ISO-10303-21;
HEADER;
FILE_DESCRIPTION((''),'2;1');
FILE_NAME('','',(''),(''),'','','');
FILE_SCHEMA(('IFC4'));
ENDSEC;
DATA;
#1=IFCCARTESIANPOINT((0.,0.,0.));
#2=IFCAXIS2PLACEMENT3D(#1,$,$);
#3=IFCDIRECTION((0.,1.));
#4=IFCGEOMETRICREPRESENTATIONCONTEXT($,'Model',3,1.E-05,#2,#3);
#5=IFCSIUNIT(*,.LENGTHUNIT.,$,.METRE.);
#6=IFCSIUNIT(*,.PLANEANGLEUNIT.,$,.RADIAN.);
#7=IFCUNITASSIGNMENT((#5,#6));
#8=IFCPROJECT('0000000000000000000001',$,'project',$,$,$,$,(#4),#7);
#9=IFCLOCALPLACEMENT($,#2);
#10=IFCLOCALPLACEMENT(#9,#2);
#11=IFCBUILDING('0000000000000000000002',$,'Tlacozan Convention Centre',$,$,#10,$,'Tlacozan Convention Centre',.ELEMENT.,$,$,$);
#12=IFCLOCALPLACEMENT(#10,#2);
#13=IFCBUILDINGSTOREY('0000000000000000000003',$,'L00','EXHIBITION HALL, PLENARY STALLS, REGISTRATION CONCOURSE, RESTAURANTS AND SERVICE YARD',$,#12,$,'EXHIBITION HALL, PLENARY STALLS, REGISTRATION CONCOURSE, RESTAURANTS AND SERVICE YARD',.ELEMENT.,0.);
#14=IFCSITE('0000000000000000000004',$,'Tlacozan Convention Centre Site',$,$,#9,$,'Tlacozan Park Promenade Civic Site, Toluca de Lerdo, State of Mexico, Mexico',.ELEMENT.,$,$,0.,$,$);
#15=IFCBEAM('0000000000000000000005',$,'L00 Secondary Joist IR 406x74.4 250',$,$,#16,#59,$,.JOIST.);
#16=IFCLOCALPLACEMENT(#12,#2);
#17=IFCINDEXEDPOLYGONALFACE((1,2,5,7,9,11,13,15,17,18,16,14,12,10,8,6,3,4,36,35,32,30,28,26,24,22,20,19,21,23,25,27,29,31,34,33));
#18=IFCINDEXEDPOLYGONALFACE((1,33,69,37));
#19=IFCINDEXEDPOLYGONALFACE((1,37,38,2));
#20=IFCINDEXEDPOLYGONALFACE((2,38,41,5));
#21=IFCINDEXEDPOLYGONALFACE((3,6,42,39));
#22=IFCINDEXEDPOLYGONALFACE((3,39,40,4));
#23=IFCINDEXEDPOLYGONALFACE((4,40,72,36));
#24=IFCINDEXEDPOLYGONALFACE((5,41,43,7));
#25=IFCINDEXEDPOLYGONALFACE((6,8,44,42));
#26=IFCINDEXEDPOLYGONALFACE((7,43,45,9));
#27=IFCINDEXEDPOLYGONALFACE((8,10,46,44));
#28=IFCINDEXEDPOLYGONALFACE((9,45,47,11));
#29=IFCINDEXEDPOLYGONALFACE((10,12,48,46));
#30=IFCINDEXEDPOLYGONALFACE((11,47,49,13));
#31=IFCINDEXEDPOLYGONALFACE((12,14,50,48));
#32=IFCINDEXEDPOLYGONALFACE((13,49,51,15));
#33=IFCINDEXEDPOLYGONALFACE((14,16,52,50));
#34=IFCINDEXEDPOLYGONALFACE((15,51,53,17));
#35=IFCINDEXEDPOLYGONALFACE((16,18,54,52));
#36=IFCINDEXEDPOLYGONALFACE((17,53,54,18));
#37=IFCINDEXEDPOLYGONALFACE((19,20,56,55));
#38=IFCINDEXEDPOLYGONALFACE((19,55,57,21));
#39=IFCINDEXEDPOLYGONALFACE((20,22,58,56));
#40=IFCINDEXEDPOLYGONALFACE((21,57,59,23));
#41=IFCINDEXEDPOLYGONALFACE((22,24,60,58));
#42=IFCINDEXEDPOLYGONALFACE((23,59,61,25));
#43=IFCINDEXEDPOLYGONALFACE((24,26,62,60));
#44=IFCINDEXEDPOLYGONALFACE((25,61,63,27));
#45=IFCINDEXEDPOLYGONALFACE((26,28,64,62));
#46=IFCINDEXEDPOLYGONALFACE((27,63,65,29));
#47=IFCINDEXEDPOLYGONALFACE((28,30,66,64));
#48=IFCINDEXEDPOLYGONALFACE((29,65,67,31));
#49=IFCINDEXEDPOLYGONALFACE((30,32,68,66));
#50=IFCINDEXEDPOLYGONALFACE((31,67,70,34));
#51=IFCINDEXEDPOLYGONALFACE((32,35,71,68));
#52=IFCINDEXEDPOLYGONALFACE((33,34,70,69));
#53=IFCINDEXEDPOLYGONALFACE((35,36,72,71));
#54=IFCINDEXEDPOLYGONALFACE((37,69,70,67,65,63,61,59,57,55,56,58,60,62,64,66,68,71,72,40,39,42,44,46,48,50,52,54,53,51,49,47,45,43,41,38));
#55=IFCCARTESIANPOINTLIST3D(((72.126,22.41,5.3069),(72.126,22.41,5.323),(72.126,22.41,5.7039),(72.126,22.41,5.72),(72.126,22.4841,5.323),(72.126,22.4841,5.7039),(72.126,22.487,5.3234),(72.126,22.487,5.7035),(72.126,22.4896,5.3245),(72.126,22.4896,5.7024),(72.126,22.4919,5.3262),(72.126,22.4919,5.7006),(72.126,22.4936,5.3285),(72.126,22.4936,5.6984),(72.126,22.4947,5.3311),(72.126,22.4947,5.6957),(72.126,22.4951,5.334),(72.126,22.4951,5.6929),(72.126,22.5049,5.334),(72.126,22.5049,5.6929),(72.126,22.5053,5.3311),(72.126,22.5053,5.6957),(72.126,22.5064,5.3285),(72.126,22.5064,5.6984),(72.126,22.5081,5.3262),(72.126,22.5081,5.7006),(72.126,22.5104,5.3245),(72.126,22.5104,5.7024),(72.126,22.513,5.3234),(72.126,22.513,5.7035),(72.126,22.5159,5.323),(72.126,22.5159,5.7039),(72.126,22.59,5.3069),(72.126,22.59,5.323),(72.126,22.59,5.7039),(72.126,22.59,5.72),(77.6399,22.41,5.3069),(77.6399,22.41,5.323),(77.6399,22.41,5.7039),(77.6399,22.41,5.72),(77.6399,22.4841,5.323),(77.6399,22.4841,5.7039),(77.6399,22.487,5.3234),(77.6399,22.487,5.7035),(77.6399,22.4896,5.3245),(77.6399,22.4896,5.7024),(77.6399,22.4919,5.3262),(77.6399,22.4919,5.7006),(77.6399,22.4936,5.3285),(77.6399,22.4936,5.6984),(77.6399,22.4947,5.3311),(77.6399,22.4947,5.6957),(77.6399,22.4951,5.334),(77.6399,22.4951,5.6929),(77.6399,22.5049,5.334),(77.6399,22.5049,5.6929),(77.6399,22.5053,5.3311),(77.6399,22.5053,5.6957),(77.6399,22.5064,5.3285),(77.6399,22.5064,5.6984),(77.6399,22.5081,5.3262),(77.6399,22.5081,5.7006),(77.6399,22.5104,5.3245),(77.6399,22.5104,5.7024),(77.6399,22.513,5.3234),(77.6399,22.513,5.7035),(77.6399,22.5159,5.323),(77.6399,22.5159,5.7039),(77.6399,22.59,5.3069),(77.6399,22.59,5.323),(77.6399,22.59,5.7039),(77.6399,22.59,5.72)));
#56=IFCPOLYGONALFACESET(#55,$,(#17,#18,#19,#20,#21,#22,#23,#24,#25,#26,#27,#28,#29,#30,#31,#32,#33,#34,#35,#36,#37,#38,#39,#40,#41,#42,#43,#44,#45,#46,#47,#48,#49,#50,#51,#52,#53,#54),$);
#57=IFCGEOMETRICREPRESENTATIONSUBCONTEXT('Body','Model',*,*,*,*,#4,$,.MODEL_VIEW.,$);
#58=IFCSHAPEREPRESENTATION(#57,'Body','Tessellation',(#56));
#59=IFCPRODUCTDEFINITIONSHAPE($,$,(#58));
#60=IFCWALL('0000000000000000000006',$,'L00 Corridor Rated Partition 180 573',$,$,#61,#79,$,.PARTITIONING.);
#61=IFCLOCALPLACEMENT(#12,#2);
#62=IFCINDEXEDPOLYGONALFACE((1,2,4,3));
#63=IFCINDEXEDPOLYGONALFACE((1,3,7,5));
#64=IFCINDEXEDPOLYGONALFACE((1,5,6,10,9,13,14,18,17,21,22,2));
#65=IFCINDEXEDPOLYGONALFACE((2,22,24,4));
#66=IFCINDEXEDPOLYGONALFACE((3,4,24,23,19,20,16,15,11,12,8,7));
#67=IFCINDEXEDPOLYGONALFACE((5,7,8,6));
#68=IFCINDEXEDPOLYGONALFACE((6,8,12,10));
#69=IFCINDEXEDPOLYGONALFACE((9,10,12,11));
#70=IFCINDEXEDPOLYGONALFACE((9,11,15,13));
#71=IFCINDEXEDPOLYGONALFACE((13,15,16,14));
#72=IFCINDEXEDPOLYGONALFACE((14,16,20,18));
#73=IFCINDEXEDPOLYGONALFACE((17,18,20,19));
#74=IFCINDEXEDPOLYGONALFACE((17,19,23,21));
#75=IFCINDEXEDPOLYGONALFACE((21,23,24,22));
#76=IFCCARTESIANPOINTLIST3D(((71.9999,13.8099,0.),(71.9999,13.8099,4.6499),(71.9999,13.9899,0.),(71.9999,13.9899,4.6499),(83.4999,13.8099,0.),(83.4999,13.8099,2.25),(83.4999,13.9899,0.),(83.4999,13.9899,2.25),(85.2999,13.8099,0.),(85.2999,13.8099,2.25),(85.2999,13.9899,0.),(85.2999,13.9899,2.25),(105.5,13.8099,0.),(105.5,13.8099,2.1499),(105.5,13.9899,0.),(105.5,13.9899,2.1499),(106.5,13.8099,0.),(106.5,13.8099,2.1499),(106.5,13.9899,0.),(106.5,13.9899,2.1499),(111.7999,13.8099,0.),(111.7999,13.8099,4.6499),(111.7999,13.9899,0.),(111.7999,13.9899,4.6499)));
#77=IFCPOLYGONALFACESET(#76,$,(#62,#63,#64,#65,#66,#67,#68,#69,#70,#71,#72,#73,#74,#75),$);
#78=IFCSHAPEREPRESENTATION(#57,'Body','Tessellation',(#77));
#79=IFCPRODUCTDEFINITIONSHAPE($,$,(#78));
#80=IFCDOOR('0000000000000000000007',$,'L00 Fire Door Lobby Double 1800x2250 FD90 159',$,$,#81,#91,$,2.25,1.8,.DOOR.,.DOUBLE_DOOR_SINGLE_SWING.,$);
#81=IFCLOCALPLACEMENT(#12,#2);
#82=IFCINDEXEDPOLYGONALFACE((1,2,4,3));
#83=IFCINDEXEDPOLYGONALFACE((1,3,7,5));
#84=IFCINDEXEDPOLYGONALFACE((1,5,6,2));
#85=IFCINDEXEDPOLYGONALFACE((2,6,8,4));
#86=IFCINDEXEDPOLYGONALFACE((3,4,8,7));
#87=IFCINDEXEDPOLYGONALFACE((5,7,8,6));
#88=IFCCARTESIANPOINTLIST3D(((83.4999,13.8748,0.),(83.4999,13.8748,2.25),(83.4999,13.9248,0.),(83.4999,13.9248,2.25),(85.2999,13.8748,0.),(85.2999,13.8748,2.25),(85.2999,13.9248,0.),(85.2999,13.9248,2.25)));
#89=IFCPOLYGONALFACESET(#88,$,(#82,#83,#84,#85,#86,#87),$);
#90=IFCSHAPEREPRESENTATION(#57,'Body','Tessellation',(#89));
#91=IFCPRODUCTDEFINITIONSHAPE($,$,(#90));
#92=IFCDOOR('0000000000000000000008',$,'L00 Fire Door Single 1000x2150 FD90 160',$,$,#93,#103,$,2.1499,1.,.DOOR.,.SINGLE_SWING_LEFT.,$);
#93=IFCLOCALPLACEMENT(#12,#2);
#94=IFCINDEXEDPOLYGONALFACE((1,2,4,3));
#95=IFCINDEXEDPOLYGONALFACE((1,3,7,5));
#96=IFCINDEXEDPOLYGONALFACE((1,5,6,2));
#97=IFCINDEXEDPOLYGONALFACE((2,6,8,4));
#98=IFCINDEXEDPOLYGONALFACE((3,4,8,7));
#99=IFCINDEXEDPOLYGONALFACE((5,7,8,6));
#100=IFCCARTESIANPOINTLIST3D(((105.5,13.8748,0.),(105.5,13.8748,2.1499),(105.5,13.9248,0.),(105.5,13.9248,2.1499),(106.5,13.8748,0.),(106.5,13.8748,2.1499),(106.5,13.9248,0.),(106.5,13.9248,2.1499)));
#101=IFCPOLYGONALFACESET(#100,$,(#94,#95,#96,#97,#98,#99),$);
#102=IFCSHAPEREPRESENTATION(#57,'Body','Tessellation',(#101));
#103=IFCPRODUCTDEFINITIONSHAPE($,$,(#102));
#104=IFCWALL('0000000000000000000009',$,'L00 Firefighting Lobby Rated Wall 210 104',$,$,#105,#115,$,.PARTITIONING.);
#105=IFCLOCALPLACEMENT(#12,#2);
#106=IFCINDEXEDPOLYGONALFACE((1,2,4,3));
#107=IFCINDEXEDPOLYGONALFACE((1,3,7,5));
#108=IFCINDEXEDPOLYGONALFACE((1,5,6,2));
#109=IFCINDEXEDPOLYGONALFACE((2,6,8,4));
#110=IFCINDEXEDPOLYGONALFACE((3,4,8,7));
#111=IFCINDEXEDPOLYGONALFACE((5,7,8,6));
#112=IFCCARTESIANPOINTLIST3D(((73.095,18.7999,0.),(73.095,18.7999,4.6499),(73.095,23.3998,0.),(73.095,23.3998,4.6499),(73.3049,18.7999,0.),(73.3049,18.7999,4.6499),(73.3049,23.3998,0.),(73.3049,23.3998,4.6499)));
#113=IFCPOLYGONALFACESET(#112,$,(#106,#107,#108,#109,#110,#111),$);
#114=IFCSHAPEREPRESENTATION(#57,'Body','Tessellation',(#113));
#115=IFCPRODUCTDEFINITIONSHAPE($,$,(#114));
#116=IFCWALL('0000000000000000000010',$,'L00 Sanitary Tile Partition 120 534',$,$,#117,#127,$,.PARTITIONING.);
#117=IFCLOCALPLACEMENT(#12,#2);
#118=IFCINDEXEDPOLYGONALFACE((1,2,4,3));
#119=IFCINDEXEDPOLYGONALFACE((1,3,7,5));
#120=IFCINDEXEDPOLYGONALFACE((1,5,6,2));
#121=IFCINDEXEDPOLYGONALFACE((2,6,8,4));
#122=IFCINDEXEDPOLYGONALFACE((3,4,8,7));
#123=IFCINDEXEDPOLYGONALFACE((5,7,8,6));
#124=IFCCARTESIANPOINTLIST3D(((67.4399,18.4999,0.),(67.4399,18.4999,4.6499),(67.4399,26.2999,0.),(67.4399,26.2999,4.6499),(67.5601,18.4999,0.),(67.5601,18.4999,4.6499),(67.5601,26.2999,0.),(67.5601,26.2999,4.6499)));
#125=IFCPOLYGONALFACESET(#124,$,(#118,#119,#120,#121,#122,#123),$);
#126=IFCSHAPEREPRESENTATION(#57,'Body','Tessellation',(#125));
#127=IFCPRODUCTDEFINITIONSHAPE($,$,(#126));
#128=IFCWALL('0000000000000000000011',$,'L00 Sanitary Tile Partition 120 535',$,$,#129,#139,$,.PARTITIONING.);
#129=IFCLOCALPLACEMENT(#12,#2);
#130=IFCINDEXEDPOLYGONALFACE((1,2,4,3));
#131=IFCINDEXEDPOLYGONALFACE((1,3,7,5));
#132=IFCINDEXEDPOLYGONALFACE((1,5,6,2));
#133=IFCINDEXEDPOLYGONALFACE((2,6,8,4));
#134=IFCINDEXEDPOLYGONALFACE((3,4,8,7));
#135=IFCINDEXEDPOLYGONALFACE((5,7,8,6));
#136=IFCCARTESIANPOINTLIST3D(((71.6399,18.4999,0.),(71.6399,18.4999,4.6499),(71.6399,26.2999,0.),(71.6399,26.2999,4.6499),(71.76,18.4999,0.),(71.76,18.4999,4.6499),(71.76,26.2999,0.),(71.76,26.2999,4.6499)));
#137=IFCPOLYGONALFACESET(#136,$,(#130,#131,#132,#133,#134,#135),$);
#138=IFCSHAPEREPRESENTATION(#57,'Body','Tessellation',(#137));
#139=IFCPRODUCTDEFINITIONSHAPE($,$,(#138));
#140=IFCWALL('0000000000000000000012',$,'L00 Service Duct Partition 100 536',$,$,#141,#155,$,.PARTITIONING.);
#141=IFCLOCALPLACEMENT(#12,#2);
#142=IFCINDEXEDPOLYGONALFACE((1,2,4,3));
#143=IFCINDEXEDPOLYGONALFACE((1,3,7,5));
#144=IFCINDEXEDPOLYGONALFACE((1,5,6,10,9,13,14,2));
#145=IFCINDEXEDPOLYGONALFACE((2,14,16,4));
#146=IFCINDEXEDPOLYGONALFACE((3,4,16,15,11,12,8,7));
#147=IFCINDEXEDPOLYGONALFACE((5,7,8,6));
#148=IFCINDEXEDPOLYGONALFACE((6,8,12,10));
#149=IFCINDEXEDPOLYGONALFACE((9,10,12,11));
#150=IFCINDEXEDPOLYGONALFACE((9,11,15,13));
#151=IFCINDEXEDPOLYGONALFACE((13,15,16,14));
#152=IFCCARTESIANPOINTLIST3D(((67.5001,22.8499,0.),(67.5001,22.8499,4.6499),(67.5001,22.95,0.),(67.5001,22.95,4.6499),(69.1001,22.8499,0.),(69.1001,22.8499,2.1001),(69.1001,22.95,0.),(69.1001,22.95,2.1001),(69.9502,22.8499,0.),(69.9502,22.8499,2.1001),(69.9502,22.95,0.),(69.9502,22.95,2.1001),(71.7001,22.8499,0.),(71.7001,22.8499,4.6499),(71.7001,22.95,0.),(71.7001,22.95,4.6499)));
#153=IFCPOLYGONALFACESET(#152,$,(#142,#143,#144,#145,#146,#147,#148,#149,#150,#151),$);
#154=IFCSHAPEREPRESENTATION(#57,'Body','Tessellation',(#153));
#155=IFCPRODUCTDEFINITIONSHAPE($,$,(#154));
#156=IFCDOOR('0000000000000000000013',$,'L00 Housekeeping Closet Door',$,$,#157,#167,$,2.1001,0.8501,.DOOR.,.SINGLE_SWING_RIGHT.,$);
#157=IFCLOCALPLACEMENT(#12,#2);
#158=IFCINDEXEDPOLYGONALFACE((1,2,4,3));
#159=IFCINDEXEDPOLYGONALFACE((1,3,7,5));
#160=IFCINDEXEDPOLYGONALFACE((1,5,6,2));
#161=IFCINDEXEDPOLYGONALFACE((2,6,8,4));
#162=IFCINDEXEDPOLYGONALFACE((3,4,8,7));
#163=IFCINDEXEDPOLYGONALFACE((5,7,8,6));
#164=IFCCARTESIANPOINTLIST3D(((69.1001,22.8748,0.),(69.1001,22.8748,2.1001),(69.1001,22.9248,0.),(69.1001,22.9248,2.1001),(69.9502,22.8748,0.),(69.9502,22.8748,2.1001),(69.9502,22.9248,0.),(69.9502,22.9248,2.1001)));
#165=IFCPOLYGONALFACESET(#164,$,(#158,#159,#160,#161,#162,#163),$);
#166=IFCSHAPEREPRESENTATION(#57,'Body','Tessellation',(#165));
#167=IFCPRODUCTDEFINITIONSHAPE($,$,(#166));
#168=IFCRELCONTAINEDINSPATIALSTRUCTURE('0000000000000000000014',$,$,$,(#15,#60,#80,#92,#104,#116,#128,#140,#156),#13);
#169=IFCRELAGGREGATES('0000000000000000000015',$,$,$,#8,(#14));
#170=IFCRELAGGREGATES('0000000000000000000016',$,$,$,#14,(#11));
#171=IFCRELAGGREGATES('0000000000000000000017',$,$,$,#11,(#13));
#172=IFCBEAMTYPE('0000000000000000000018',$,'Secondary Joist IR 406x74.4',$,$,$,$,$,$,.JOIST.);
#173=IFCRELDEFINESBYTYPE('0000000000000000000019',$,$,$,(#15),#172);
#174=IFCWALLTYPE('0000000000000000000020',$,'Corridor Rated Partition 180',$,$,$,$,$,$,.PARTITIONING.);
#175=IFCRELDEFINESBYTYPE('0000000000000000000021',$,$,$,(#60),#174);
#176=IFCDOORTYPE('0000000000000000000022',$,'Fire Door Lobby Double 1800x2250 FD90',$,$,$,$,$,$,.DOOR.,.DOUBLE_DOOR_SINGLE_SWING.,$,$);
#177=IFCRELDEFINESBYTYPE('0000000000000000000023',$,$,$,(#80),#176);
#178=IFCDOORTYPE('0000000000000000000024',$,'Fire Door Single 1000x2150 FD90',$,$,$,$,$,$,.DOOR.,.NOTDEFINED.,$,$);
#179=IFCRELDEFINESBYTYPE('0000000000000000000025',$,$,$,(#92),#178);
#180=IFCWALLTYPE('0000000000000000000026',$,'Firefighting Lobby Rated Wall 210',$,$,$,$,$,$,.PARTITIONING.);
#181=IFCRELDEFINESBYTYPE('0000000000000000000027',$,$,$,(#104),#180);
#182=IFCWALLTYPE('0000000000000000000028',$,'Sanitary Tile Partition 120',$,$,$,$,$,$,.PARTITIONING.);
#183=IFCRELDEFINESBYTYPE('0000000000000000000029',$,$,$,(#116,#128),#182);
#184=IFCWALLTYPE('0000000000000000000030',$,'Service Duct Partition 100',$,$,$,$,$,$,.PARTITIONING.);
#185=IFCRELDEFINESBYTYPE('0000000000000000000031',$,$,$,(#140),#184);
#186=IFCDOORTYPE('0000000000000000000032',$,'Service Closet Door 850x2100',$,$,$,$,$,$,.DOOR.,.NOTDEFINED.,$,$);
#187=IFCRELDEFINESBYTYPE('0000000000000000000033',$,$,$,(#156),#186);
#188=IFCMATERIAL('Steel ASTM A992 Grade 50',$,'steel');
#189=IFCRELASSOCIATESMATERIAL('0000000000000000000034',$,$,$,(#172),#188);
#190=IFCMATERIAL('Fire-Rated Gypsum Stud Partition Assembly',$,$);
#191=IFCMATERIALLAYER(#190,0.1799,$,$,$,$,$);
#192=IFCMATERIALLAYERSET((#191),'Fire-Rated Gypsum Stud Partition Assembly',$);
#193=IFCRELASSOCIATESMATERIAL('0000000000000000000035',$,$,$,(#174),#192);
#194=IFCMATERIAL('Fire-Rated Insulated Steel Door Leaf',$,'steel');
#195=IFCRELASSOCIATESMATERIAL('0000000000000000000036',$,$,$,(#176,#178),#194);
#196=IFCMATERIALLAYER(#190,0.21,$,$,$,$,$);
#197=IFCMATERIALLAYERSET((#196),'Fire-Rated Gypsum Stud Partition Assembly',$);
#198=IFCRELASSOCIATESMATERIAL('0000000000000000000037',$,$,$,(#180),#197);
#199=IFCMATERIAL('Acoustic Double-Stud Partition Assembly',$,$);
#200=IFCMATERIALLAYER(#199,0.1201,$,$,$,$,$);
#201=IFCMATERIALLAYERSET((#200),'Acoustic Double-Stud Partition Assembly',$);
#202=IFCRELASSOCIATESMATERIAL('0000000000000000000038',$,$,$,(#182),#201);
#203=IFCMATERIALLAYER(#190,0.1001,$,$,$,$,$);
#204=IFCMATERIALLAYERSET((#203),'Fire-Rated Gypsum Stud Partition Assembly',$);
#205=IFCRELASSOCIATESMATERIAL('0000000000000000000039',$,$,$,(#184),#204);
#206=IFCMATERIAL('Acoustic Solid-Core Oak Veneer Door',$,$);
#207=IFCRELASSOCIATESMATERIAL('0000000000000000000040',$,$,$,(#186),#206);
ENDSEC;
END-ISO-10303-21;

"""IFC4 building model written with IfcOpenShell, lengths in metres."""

from ifc_helpers import new_model, si_unit, direction, frame, frame_2d, origin, origin_2d, place, context, subcontext, project, spatial, rectangle, i_section, extrude, material, layer, layer_set, material_profile, profile_set, type_object, element, fill, save


model = new_model("IFC4")

# Units and contexts
model_context = context("Model", 3, precision=1e-05, world=origin(), true_north=direction((0.0, 1.0)))
body_context = subcontext(model_context, "Body", "Model", "MODEL_VIEW")
ifc_project = project(units=[si_unit("LENGTHUNIT", "METRE"), si_unit("PLANEANGLEUNIT", "RADIAN")], contexts=[model_context])

# Site, building, storey
site_placement = place(None, origin())
site = spatial("IfcSite", under=ifc_project, at=site_placement, Name="Tlacozan Convention Centre Site", LongName="Tlacozan Park Promenade Civic Site, Toluca de Lerdo, State of Mexico, Mexico", CompositionType="ELEMENT", RefElevation=0.0)
building_placement = place(site_placement, origin())
building = spatial("IfcBuilding", under=site, at=building_placement, Name="Tlacozan Convention Centre", LongName="Tlacozan Convention Centre", CompositionType="ELEMENT")
storey_placement = place(building_placement, origin())
storey = spatial("IfcBuildingStorey", under=building, at=storey_placement, Name="L00", Description="EXHIBITION HALL, PLENARY STALLS, REGISTRATION CONCOURSE, RESTAURANTS AND SERVICE YARD", LongName="EXHIBITION HALL, PLENARY STALLS, REGISTRATION CONCOURSE, RESTAURANTS AND SERVICE YARD", CompositionType="ELEMENT", Elevation=0.0)

# Beam
ifc_material_1 = material(Name="Steel ASTM A992 Grade 50", Category="steel")
ifc_material_profile_1 = material_profile(ifc_material_1, i_section(OverallWidth=0.1799, OverallDepth=0.4131, WebThickness=0.0098, FlangeThickness=0.0161, FilletRadius=0.011, at=origin_2d()), Name="IR 406x74.4")
ifc_profile_set_1 = profile_set([ifc_material_profile_1], Name="Steel ASTM A992 Grade 50")
beam_type_1 = type_object("IfcBeamType", Name="Secondary Joist IR 406x74.4", PredefinedType="JOIST", material=ifc_profile_set_1)
beam_placement = place(storey_placement, frame((72.126, 22.5, 5.5134), z_axis=(1.0, 0.0, 0.0), x_axis=(0.0, 1.0, 0.0)))
element("IfcBeam", 1, at=beam_placement, inside=storey, type_object=beam_type_1, Name="L00 Secondary Joist IR 406x74.4 250", PredefinedType="JOIST", context=body_context, shape_type="SweptSolid", body=[
    extrude(i_section(OverallWidth=0.1799, OverallDepth=0.4131, WebThickness=0.0098, FlangeThickness=0.0161, FilletRadius=0.011, at=origin_2d()), origin(), (0.0, 0.0, 1.0), 5.5139),
])

# Wall, openings, doors
ifc_material_2 = material(Name="Fire-Rated Gypsum Stud Partition Assembly")
ifc_layer_1 = layer(ifc_material_2, 0.1799)
ifc_layer_set_1 = layer_set([ifc_layer_1], Name="Fire-Rated Gypsum Stud Partition Assembly")
wall_type_1 = type_object("IfcWallType", Name="Corridor Rated Partition 180", PredefinedType="PARTITIONING", material=ifc_layer_set_1)
wall_1_placement = place(storey_placement, frame((72.0, 13.8999, 0.0), z_axis=(0.0, 0.0, 1.0), x_axis=(1.0, 0.0, 0.0)))
wall_1 = element("IfcWall", 2, at=wall_1_placement, inside=storey, type_object=wall_type_1, Name="L00 Corridor Rated Partition 180 573", PredefinedType="PARTITIONING", context=body_context, shape_type="SweptSolid", body=[
    extrude(rectangle(XDim=39.8, YDim=0.1799, at=frame_2d((19.8999, 0.0))), origin(), (0.0, 0.0, 1.0), 4.6499),
])
opening_1_placement = place(wall_1_placement, frame((11.5, 0.0, 0.0)))
opening_1 = element("IfcOpeningElement", 3, at=opening_1_placement, cuts=wall_1, PredefinedType="OPENING", context=body_context, shape_type="SweptSolid", body=[
    extrude(rectangle(XDim=1.8, YDim=2.25, at=frame_2d((0.8999, 1.125))), frame((0.0, 0.0999, 0.0), z_axis=(0.0, -1.0, 0.0), x_axis=(1.0, 0.0, 0.0)), (0.0, 0.0, 1.0), 0.2),
])
opening_2_placement = place(wall_1_placement, frame((33.5, 0.0, 0.0)))
opening_2 = element("IfcOpeningElement", 4, at=opening_2_placement, cuts=wall_1, PredefinedType="OPENING", context=body_context, shape_type="SweptSolid", body=[
    extrude(rectangle(XDim=1.0, YDim=2.1499, at=frame_2d((0.5, 1.075))), frame((0.0, 0.0999, 0.0), z_axis=(0.0, -1.0, 0.0), x_axis=(1.0, 0.0, 0.0)), (0.0, 0.0, 1.0), 0.2),
])
ifc_material_3 = material(Name="Fire-Rated Insulated Steel Door Leaf", Category="steel")
door_type_1 = type_object("IfcDoorType", Name="Fire Door Lobby Double 1800x2250 FD90", OperationType="DOUBLE_DOOR_SINGLE_SWING", PredefinedType="DOOR", material=ifc_material_3)
door_1_placement = place(opening_1_placement, origin())
door_1 = element("IfcDoor", 5, at=door_1_placement, inside=storey, type_object=door_type_1, Name="L00 Fire Door Lobby Double 1800x2250 FD90 159", OperationType="DOUBLE_DOOR_SINGLE_SWING", OverallHeight=2.25, OverallWidth=1.8, PredefinedType="DOOR", context=body_context, shape_type="SweptSolid", body=[
    extrude(rectangle(XDim=1.8, YDim=2.25, at=frame_2d((0.8999, 1.125))), frame((0.0, 0.0249, 0.0), z_axis=(0.0, -1.0, 0.0), x_axis=(1.0, 0.0, 0.0)), (0.0, 0.0, 1.0), 0.05),
])
fill(opening_1, door_1)
door_type_2 = type_object("IfcDoorType", Name="Fire Door Single 1000x2150 FD90", OperationType="NOTDEFINED", PredefinedType="DOOR", material=ifc_material_3)
door_2_placement = place(opening_2_placement, origin())
door_2 = element("IfcDoor", 6, at=door_2_placement, inside=storey, type_object=door_type_2, Name="L00 Fire Door Single 1000x2150 FD90 160", OperationType="SINGLE_SWING_LEFT", OverallHeight=2.1499, OverallWidth=1.0, PredefinedType="DOOR", context=body_context, shape_type="SweptSolid", body=[
    extrude(rectangle(XDim=1.0, YDim=2.1499, at=frame_2d((0.5, 1.075))), frame((0.0, 0.0249, 0.0), z_axis=(0.0, -1.0, 0.0), x_axis=(1.0, 0.0, 0.0)), (0.0, 0.0, 1.0), 0.05),
])
fill(opening_2, door_2)

# Shared definitions
ifc_layer_2 = layer(ifc_material_2, 0.21)
ifc_layer_set_2 = layer_set([ifc_layer_2], Name="Fire-Rated Gypsum Stud Partition Assembly")
wall_type_2 = type_object("IfcWallType", Name="Firefighting Lobby Rated Wall 210", PredefinedType="PARTITIONING", material=ifc_layer_set_2)

# Walls
wall_2_placement = place(storey_placement, frame((73.2, 18.8, 0.0), z_axis=(0.0, 0.0, 1.0), x_axis=(0.0, 1.0, 0.0)))
element("IfcWall", 7, at=wall_2_placement, inside=storey, type_object=wall_type_2, Name="L00 Firefighting Lobby Rated Wall 210 104", PredefinedType="PARTITIONING", context=body_context, shape_type="SweptSolid", body=[
    extrude(rectangle(XDim=4.5999, YDim=0.21, at=frame_2d((2.2998, 0.0))), origin(), (0.0, 0.0, 1.0), 4.6499),
])
ifc_material_4 = material(Name="Acoustic Double-Stud Partition Assembly")
ifc_layer_3 = layer(ifc_material_4, 0.1201)
ifc_layer_set_3 = layer_set([ifc_layer_3], Name="Acoustic Double-Stud Partition Assembly")
wall_type_3 = type_object("IfcWallType", Name="Sanitary Tile Partition 120", PredefinedType="PARTITIONING", material=ifc_layer_set_3)
for number, where, z_axis, x_axis, name in (
    (8, (67.5, 18.5, 0.0), (0.0, 0.0, 1.0), (0.0, 1.0, 0.0), "L00 Sanitary Tile Partition 120 534"),
    (9, (71.7, 18.5, 0.0), (0.0, 0.0, 1.0), (0.0, 1.0, 0.0), "L00 Sanitary Tile Partition 120 535"),
):
    element("IfcWall", number, at=place(storey_placement, frame(where, z_axis=z_axis, x_axis=x_axis)), inside=storey, type_object=wall_type_3, Name=name, PredefinedType="PARTITIONING", context=body_context, shape_type="SweptSolid", body=[
        extrude(rectangle(XDim=7.8, YDim=0.1201, at=frame_2d((3.8999, 0.0))), origin(), (0.0, 0.0, 1.0), 4.6499),
    ])

# Wall, opening, door
ifc_layer_4 = layer(ifc_material_2, 0.1001)
ifc_layer_set_4 = layer_set([ifc_layer_4], Name="Fire-Rated Gypsum Stud Partition Assembly")
wall_type_4 = type_object("IfcWallType", Name="Service Duct Partition 100", PredefinedType="PARTITIONING", material=ifc_layer_set_4)
wall_3_placement = place(storey_placement, frame((67.5, 22.8999, 0.0), z_axis=(0.0, 0.0, 1.0), x_axis=(1.0, 0.0, 0.0)))
wall_3 = element("IfcWall", 10, at=wall_3_placement, inside=storey, type_object=wall_type_4, Name="L00 Service Duct Partition 100 536", PredefinedType="PARTITIONING", context=body_context, shape_type="SweptSolid", body=[
    extrude(rectangle(XDim=4.2, YDim=0.1001, at=frame_2d((2.1001, 0.0))), origin(), (0.0, 0.0, 1.0), 4.6499),
])
opening_3_placement = place(wall_3_placement, frame((1.6001, 0.0, 0.0)))
opening_3 = element("IfcOpeningElement", 11, at=opening_3_placement, cuts=wall_3, PredefinedType="OPENING", context=body_context, shape_type="SweptSolid", body=[
    extrude(rectangle(XDim=0.8501, YDim=2.1001, at=frame_2d((0.425, 1.05))), frame((0.0, 0.0601, 0.0), z_axis=(0.0, -1.0, 0.0), x_axis=(1.0, 0.0, 0.0)), (0.0, 0.0, 1.0), 0.1201),
])
ifc_material_5 = material(Name="Acoustic Solid-Core Oak Veneer Door")
door_type_3 = type_object("IfcDoorType", Name="Service Closet Door 850x2100", OperationType="NOTDEFINED", PredefinedType="DOOR", material=ifc_material_5)
door_3_placement = place(opening_3_placement, origin())
door_3 = element("IfcDoor", 12, at=door_3_placement, inside=storey, type_object=door_type_3, Name="L00 Housekeeping Closet Door", OperationType="SINGLE_SWING_RIGHT", OverallHeight=2.1001, OverallWidth=0.8501, PredefinedType="DOOR", context=body_context, shape_type="SweptSolid", body=[
    extrude(rectangle(XDim=0.8501, YDim=2.1001, at=frame_2d((0.425, 1.05))), frame((0.0, 0.0249, 0.0), z_axis=(0.0, -1.0, 0.0), x_axis=(1.0, 0.0, 0.0)), (0.0, 0.0, 1.0), 0.05),
])
fill(opening_3, door_3)

save(model, "model.ifc")
